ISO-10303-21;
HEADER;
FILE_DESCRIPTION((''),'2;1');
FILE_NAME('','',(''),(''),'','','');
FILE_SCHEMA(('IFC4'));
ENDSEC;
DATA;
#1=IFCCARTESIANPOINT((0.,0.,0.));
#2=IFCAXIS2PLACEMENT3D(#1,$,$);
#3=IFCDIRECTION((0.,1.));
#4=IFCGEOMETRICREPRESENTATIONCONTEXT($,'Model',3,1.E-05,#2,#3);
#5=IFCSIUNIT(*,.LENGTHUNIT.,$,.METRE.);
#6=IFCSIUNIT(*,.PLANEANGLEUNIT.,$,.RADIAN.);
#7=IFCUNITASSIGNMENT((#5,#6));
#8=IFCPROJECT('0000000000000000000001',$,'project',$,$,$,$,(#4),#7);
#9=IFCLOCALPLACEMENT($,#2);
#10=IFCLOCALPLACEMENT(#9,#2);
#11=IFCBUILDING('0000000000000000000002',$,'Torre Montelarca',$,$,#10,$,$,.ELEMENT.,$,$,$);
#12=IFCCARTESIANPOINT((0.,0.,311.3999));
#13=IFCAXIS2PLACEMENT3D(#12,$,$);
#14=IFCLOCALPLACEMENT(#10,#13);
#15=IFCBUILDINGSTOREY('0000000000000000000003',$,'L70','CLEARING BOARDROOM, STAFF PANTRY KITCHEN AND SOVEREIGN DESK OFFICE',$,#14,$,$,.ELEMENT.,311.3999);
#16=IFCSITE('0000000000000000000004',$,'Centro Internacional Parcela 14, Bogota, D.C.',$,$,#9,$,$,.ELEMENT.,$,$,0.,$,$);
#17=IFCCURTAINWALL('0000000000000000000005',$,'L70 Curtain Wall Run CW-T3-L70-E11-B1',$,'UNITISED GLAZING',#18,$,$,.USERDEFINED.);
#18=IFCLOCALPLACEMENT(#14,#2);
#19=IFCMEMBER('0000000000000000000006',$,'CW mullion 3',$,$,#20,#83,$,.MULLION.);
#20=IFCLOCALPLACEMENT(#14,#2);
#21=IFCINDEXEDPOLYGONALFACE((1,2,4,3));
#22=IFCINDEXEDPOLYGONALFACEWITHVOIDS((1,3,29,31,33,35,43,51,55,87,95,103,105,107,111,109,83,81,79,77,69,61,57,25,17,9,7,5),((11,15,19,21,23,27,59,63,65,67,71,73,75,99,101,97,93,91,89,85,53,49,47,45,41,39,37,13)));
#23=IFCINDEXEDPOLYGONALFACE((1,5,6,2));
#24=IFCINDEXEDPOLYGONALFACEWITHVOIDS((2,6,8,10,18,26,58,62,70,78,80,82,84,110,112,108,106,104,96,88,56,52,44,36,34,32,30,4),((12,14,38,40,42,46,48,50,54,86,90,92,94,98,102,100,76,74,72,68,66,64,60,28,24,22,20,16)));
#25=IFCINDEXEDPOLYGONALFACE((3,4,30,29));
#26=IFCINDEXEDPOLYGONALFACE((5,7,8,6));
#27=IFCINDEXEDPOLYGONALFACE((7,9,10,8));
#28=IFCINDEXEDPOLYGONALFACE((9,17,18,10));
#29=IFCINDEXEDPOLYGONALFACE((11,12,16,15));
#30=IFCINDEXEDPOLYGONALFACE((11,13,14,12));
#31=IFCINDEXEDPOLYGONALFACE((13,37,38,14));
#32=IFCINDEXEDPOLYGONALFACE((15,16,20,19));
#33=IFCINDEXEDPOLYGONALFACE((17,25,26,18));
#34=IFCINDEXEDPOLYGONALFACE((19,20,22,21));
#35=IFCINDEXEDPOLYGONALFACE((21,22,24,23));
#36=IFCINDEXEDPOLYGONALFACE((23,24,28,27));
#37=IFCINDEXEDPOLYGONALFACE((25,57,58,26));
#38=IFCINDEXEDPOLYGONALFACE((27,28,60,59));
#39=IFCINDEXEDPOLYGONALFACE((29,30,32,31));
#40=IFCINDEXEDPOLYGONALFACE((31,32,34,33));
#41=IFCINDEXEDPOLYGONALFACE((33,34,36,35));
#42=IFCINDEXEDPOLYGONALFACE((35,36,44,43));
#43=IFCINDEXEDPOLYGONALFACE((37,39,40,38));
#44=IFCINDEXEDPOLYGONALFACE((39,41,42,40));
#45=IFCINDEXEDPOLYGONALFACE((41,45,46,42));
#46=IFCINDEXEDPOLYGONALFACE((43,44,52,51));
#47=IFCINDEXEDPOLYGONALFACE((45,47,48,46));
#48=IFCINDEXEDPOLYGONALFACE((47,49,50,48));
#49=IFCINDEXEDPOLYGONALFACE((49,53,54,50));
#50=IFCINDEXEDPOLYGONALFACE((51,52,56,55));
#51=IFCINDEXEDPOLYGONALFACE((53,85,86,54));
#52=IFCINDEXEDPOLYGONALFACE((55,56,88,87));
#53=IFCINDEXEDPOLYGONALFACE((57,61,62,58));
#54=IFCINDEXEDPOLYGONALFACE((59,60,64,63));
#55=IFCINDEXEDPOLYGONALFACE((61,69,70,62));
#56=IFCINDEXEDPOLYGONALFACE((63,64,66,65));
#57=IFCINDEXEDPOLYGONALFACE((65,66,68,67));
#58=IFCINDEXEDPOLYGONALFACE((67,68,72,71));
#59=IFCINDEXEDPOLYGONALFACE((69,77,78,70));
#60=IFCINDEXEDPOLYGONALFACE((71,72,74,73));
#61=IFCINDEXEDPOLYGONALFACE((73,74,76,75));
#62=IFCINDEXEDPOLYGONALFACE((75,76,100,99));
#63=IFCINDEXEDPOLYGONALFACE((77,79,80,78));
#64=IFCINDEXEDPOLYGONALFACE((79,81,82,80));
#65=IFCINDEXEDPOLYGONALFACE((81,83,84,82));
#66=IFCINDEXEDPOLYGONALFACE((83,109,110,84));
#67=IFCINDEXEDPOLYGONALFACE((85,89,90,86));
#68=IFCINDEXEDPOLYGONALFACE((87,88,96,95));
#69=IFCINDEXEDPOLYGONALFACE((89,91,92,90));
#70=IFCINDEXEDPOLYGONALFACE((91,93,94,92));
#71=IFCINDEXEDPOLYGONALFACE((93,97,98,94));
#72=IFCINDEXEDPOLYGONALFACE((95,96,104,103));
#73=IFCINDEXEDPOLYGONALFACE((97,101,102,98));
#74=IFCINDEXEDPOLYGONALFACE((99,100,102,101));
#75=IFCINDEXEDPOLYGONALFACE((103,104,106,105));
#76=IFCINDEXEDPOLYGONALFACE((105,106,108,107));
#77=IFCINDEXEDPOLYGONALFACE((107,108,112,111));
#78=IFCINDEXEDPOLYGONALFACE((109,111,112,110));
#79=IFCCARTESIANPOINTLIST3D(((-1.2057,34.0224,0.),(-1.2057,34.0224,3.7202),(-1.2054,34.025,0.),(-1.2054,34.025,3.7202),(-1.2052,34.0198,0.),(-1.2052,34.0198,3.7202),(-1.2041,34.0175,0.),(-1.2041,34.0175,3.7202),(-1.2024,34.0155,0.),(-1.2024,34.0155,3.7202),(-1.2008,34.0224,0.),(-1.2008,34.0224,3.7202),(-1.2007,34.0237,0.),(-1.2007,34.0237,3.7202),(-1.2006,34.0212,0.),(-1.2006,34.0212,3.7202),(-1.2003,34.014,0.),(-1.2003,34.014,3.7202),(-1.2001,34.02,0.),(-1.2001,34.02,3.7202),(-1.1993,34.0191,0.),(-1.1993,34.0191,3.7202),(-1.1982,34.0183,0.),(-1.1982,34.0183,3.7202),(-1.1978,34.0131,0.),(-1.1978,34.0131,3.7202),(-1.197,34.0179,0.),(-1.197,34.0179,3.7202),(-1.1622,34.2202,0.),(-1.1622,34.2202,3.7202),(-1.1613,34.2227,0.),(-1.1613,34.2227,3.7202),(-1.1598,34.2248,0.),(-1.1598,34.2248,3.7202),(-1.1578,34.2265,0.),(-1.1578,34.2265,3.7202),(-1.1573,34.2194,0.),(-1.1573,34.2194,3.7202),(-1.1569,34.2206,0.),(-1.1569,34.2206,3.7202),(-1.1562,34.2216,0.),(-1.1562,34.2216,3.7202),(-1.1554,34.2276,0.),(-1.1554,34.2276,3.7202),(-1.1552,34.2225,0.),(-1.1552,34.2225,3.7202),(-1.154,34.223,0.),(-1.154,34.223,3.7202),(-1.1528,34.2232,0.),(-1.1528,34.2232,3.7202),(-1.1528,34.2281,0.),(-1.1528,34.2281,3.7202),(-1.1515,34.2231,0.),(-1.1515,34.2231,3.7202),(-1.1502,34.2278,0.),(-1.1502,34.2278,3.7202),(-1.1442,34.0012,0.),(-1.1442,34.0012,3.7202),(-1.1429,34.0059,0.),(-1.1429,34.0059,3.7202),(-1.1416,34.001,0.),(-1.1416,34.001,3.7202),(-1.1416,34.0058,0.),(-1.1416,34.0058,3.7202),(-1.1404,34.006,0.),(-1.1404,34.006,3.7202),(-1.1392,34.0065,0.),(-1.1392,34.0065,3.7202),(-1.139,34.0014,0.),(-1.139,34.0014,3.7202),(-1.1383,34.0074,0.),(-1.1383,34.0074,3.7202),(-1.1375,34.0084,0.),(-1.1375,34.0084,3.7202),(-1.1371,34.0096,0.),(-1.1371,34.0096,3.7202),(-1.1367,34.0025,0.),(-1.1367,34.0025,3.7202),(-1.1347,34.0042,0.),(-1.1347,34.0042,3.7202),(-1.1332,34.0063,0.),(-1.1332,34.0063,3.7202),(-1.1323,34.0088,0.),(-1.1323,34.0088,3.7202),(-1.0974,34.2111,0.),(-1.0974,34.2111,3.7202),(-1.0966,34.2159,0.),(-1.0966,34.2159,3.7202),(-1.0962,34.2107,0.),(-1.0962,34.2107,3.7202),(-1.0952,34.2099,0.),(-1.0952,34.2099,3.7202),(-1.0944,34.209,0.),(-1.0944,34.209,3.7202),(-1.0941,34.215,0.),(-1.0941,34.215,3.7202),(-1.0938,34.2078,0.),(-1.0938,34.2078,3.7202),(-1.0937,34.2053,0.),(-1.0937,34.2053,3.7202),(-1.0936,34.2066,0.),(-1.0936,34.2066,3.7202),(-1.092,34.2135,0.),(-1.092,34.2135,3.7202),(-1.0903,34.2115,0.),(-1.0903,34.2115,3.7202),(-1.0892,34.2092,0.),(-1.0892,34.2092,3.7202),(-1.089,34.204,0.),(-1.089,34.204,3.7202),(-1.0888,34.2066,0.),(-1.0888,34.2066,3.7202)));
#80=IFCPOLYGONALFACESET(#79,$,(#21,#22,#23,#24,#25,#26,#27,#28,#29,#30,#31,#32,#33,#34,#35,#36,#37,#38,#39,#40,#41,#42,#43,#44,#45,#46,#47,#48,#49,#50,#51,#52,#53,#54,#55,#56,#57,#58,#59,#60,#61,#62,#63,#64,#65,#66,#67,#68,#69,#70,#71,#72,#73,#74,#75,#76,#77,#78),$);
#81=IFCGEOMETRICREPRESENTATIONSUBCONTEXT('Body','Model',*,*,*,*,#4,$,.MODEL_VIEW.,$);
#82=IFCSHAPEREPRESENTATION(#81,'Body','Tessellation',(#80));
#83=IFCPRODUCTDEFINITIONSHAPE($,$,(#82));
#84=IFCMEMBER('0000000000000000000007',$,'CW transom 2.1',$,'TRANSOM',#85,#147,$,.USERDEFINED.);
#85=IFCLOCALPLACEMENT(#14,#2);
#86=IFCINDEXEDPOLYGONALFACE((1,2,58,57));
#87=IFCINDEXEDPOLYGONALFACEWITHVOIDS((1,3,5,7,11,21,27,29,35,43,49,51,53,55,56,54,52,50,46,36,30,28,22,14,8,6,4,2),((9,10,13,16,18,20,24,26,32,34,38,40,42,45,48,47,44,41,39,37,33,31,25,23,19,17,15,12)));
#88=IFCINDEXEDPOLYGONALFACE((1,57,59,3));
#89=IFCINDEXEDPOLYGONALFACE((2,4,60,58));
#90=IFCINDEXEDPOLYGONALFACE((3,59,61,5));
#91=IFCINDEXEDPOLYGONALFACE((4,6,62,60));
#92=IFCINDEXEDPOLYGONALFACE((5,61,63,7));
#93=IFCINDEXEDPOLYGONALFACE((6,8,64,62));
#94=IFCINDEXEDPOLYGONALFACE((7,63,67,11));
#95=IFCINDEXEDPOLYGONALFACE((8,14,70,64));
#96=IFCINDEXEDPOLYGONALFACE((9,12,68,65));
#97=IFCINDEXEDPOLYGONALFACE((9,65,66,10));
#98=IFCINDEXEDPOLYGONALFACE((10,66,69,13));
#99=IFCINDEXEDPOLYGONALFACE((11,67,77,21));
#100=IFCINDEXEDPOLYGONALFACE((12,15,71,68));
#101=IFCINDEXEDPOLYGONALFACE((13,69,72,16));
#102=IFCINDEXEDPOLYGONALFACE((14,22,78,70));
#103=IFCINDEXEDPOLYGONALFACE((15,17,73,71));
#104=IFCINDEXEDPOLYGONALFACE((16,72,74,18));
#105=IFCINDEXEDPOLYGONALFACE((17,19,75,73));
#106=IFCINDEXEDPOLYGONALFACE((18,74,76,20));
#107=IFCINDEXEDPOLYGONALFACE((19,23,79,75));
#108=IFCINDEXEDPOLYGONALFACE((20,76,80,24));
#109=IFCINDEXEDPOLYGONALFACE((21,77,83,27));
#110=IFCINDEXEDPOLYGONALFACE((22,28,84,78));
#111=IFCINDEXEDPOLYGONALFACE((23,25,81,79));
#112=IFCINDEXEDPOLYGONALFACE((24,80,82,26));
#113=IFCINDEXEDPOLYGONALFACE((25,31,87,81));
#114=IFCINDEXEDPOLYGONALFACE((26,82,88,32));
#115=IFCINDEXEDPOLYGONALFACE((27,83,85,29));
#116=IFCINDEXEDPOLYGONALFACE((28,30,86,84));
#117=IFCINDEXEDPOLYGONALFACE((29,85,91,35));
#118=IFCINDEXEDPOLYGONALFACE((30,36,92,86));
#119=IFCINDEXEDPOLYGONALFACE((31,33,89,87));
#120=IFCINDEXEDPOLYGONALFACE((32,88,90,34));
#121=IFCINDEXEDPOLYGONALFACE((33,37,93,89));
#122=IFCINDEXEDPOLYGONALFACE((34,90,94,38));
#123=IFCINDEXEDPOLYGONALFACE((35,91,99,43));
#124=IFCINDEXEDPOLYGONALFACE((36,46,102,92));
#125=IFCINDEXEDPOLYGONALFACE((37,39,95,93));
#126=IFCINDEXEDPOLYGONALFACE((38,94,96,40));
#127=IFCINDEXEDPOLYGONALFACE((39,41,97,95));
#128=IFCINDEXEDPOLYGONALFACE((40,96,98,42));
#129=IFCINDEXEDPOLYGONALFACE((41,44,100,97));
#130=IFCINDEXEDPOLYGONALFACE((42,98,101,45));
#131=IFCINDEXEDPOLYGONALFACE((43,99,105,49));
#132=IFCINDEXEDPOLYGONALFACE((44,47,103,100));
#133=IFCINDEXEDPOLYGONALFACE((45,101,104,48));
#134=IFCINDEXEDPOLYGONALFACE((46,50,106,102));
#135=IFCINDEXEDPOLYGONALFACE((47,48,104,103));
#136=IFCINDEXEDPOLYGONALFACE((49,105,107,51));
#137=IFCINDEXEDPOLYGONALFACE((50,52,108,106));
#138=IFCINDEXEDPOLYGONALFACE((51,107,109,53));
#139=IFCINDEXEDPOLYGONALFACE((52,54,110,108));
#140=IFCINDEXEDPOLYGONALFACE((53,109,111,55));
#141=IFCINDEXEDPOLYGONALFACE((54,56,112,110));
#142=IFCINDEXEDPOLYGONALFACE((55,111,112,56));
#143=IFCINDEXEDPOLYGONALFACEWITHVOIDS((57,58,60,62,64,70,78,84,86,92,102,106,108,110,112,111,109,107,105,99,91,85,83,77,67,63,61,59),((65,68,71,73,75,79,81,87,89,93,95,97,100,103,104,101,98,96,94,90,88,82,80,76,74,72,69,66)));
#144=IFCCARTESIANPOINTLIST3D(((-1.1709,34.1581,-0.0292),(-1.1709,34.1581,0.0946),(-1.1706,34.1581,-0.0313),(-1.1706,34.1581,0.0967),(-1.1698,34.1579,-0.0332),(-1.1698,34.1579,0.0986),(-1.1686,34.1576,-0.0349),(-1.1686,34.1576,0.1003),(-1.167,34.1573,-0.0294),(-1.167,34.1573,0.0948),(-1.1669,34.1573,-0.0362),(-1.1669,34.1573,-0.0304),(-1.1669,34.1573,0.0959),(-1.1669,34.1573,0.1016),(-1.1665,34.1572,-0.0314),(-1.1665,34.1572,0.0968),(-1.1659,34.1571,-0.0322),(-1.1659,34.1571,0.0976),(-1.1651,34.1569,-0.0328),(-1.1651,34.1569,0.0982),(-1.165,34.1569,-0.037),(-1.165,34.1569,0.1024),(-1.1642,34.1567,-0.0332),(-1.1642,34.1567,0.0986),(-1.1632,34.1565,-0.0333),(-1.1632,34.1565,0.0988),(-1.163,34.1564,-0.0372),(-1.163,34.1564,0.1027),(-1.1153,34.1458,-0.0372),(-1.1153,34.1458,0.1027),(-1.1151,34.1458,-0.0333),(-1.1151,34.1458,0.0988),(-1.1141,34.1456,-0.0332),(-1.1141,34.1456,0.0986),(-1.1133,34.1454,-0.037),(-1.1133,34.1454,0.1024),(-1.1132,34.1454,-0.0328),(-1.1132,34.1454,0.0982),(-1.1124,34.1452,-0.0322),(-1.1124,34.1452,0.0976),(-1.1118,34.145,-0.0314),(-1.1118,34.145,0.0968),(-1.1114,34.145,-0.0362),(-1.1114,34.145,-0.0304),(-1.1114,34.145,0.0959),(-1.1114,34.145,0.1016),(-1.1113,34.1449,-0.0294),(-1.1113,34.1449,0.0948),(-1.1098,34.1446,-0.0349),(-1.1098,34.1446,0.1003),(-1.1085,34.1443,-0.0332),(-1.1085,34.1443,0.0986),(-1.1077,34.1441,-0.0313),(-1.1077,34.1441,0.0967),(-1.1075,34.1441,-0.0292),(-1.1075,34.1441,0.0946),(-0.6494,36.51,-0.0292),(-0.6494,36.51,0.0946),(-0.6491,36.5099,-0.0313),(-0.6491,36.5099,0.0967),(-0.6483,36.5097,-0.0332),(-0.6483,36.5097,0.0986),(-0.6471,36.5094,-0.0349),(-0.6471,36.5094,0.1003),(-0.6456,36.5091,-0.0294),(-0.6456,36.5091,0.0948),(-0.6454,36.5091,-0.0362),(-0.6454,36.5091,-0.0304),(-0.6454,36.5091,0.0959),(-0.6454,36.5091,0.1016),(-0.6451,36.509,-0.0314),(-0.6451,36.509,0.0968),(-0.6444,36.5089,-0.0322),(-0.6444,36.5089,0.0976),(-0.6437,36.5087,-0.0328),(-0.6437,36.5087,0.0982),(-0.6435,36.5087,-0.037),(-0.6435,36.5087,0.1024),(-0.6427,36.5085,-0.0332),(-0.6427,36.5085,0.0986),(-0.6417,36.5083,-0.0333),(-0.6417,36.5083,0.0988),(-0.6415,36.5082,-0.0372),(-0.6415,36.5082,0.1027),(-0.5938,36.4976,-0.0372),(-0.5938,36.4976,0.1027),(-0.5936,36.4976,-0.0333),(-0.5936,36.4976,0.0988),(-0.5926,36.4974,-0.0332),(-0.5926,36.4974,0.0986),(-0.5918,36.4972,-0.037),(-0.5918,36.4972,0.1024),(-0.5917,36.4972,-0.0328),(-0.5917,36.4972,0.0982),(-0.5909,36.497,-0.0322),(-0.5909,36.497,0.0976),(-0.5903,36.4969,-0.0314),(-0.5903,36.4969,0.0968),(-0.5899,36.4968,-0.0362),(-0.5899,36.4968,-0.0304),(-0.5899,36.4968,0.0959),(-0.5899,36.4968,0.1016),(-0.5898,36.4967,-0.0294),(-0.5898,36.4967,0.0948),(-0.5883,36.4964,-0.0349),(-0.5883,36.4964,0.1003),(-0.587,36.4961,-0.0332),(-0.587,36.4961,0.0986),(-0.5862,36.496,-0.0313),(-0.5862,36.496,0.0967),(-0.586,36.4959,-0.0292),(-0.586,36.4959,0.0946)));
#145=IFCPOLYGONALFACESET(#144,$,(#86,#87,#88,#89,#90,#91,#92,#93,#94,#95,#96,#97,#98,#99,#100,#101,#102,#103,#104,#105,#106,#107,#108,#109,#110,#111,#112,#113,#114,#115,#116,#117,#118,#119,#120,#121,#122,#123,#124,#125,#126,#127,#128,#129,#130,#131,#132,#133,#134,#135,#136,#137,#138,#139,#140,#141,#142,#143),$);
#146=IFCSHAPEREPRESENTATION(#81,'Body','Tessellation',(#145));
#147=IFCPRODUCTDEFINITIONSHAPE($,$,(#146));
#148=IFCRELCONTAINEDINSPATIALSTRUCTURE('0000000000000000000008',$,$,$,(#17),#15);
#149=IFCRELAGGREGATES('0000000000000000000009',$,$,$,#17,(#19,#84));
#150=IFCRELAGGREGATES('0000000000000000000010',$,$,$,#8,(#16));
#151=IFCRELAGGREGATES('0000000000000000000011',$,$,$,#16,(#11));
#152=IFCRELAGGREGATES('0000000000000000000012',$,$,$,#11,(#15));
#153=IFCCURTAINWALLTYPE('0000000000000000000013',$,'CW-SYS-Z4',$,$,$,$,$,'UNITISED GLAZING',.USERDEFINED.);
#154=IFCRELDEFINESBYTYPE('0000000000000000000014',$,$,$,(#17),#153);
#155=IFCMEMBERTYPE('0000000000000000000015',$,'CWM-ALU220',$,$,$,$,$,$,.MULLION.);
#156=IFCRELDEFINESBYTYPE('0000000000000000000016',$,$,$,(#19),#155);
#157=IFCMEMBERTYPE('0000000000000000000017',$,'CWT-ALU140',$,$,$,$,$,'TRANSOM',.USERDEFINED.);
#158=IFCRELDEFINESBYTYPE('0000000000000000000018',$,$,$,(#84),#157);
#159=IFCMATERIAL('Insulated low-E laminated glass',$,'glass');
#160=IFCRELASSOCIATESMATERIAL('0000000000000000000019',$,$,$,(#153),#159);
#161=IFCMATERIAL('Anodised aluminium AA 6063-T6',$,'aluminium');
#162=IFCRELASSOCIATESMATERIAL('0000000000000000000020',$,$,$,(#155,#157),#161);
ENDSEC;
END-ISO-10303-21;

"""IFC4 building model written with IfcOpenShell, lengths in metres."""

from ifc_helpers import new_model, si_unit, direction, frame, origin, origin_2d, place, context, subcontext, project, spatial, hollow_rectangle, extrude, source, transform, mapped, material, material_profile, profile_set, type_object, element, aggregate, save


model = new_model("IFC4")

# Units and contexts
model_context = context("Model", 3, precision=1e-05, world=origin(), true_north=direction((0.0, 1.0)))
body_context = subcontext(model_context, "Body", "Model", "MODEL_VIEW")
ifc_project = project(units=[si_unit("LENGTHUNIT", "METRE"), si_unit("PLANEANGLEUNIT", "RADIAN")], contexts=[model_context])

# Site, building, storey
site_placement = place(None, origin())
site = spatial("IfcSite", under=ifc_project, at=site_placement, Name="Centro Internacional Parcela 14, Bogota, D.C.", CompositionType="ELEMENT", RefElevation=0.0)
building_placement = place(site_placement, origin())
building = spatial("IfcBuilding", under=site, at=building_placement, Name="Torre Montelarca", CompositionType="ELEMENT")
storey_placement = place(building_placement, frame((0.0, 0.0, 311.3999)))
storey = spatial("IfcBuildingStorey", under=building, at=storey_placement, Name="L70", Description="CLEARING BOARDROOM, STAFF PANTRY KITCHEN AND SOVEREIGN DESK OFFICE", CompositionType="ELEMENT", Elevation=311.3999)

# Shared definitions
ifc_material_1 = material(Name="Insulated low-E laminated glass", Category="glass")
curtain_wall_type = type_object("IfcCurtainWallType", Name="CW-SYS-Z4", ElementType="UNITISED GLAZING", PredefinedType="USERDEFINED", material=ifc_material_1)
ifc_material_2 = material(Name="Anodised aluminium AA 6063-T6", Category="aluminium")
ifc_material_profile_1 = material_profile(ifc_material_2, hollow_rectangle(XDim=0.075, YDim=0.22, WallThickness=0.0049, InnerFilletRadius=0.0049, OuterFilletRadius=0.01, at=origin_2d()), Name="ALU75X220X5", Category="aluminium")
ifc_profile_set_1 = profile_set([ifc_material_profile_1], Name="Anodised aluminium AA 6063-T6")
member_type_1 = type_object("IfcMemberType", Name="CWM-ALU220", PredefinedType="MULLION", material=ifc_profile_set_1)
shared_shape_1 = source(origin(), body_context, "Body", "SweptSolid", [
    extrude(hollow_rectangle(XDim=0.075, YDim=0.22, WallThickness=0.0049, InnerFilletRadius=0.0049, OuterFilletRadius=0.01, at=origin_2d()), origin(), (0.0, 0.0, 1.0), 3.7202),
])

# Curtain wall, members
curtain_wall_1_placement = place(storey_placement, origin())
curtain_wall_1 = element("IfcCurtainWall", 1, at=curtain_wall_1_placement, inside=storey, type_object=curtain_wall_type, Name="L70 Curtain Wall Run CW-T3-L70-E11-B1", ObjectType="UNITISED GLAZING", PredefinedType="USERDEFINED")
member_1_placement = place(storey_placement, frame((-1.1472, 34.1145, 0.0), z_axis=(0.0, 0.0, 1.0), x_axis=(0.976291, -0.216462, 0.0)))
member_1 = element("IfcMember", 2, at=member_1_placement, type_object=member_type_1, Name="CW mullion 3", PredefinedType="MULLION", context=body_context, shape_type="MappedRepresentation", body=[
    mapped(shared_shape_1, transform((0.0, 0.0, 0.0), scale=1.0)),
])
ifc_material_profile_2 = material_profile(ifc_material_2, hollow_rectangle(XDim=0.0649, YDim=0.1399, WallThickness=0.0039, InnerFilletRadius=0.0039, OuterFilletRadius=0.0081, at=origin_2d()), Name="ALU65X140X4", Category="aluminium")
ifc_profile_set_2 = profile_set([ifc_material_profile_2], Name="Anodised aluminium AA 6063-T6")
member_type_2 = type_object("IfcMemberType", Name="CWT-ALU140", ElementType="TRANSOM", PredefinedType="USERDEFINED", material=ifc_profile_set_2)
shared_shape_2 = source(origin(), body_context, "Body", "SweptSolid", [
    extrude(hollow_rectangle(XDim=0.0649, YDim=0.1399, WallThickness=0.0039, InnerFilletRadius=0.0039, OuterFilletRadius=0.0081, at=origin_2d()), origin(), (0.0, 0.0, 1.0), 2.4089),
])
member_2_placement = place(storey_placement, frame((-0.6177, 36.5029, 0.0327), z_axis=(-0.21648, -0.976287, 0.0), x_axis=(0.976287, -0.21648, 0.0)))
member_2 = element("IfcMember", 3, at=member_2_placement, type_object=member_type_2, Name="CW transom 2.1", ObjectType="TRANSOM", PredefinedType="USERDEFINED", context=body_context, shape_type="MappedRepresentation", body=[
    mapped(shared_shape_2, transform((0.0, 0.0, 0.0), scale=1.0)),
])

aggregate(curtain_wall_1, [member_1, member_2])

save(model, "model.ifc")
